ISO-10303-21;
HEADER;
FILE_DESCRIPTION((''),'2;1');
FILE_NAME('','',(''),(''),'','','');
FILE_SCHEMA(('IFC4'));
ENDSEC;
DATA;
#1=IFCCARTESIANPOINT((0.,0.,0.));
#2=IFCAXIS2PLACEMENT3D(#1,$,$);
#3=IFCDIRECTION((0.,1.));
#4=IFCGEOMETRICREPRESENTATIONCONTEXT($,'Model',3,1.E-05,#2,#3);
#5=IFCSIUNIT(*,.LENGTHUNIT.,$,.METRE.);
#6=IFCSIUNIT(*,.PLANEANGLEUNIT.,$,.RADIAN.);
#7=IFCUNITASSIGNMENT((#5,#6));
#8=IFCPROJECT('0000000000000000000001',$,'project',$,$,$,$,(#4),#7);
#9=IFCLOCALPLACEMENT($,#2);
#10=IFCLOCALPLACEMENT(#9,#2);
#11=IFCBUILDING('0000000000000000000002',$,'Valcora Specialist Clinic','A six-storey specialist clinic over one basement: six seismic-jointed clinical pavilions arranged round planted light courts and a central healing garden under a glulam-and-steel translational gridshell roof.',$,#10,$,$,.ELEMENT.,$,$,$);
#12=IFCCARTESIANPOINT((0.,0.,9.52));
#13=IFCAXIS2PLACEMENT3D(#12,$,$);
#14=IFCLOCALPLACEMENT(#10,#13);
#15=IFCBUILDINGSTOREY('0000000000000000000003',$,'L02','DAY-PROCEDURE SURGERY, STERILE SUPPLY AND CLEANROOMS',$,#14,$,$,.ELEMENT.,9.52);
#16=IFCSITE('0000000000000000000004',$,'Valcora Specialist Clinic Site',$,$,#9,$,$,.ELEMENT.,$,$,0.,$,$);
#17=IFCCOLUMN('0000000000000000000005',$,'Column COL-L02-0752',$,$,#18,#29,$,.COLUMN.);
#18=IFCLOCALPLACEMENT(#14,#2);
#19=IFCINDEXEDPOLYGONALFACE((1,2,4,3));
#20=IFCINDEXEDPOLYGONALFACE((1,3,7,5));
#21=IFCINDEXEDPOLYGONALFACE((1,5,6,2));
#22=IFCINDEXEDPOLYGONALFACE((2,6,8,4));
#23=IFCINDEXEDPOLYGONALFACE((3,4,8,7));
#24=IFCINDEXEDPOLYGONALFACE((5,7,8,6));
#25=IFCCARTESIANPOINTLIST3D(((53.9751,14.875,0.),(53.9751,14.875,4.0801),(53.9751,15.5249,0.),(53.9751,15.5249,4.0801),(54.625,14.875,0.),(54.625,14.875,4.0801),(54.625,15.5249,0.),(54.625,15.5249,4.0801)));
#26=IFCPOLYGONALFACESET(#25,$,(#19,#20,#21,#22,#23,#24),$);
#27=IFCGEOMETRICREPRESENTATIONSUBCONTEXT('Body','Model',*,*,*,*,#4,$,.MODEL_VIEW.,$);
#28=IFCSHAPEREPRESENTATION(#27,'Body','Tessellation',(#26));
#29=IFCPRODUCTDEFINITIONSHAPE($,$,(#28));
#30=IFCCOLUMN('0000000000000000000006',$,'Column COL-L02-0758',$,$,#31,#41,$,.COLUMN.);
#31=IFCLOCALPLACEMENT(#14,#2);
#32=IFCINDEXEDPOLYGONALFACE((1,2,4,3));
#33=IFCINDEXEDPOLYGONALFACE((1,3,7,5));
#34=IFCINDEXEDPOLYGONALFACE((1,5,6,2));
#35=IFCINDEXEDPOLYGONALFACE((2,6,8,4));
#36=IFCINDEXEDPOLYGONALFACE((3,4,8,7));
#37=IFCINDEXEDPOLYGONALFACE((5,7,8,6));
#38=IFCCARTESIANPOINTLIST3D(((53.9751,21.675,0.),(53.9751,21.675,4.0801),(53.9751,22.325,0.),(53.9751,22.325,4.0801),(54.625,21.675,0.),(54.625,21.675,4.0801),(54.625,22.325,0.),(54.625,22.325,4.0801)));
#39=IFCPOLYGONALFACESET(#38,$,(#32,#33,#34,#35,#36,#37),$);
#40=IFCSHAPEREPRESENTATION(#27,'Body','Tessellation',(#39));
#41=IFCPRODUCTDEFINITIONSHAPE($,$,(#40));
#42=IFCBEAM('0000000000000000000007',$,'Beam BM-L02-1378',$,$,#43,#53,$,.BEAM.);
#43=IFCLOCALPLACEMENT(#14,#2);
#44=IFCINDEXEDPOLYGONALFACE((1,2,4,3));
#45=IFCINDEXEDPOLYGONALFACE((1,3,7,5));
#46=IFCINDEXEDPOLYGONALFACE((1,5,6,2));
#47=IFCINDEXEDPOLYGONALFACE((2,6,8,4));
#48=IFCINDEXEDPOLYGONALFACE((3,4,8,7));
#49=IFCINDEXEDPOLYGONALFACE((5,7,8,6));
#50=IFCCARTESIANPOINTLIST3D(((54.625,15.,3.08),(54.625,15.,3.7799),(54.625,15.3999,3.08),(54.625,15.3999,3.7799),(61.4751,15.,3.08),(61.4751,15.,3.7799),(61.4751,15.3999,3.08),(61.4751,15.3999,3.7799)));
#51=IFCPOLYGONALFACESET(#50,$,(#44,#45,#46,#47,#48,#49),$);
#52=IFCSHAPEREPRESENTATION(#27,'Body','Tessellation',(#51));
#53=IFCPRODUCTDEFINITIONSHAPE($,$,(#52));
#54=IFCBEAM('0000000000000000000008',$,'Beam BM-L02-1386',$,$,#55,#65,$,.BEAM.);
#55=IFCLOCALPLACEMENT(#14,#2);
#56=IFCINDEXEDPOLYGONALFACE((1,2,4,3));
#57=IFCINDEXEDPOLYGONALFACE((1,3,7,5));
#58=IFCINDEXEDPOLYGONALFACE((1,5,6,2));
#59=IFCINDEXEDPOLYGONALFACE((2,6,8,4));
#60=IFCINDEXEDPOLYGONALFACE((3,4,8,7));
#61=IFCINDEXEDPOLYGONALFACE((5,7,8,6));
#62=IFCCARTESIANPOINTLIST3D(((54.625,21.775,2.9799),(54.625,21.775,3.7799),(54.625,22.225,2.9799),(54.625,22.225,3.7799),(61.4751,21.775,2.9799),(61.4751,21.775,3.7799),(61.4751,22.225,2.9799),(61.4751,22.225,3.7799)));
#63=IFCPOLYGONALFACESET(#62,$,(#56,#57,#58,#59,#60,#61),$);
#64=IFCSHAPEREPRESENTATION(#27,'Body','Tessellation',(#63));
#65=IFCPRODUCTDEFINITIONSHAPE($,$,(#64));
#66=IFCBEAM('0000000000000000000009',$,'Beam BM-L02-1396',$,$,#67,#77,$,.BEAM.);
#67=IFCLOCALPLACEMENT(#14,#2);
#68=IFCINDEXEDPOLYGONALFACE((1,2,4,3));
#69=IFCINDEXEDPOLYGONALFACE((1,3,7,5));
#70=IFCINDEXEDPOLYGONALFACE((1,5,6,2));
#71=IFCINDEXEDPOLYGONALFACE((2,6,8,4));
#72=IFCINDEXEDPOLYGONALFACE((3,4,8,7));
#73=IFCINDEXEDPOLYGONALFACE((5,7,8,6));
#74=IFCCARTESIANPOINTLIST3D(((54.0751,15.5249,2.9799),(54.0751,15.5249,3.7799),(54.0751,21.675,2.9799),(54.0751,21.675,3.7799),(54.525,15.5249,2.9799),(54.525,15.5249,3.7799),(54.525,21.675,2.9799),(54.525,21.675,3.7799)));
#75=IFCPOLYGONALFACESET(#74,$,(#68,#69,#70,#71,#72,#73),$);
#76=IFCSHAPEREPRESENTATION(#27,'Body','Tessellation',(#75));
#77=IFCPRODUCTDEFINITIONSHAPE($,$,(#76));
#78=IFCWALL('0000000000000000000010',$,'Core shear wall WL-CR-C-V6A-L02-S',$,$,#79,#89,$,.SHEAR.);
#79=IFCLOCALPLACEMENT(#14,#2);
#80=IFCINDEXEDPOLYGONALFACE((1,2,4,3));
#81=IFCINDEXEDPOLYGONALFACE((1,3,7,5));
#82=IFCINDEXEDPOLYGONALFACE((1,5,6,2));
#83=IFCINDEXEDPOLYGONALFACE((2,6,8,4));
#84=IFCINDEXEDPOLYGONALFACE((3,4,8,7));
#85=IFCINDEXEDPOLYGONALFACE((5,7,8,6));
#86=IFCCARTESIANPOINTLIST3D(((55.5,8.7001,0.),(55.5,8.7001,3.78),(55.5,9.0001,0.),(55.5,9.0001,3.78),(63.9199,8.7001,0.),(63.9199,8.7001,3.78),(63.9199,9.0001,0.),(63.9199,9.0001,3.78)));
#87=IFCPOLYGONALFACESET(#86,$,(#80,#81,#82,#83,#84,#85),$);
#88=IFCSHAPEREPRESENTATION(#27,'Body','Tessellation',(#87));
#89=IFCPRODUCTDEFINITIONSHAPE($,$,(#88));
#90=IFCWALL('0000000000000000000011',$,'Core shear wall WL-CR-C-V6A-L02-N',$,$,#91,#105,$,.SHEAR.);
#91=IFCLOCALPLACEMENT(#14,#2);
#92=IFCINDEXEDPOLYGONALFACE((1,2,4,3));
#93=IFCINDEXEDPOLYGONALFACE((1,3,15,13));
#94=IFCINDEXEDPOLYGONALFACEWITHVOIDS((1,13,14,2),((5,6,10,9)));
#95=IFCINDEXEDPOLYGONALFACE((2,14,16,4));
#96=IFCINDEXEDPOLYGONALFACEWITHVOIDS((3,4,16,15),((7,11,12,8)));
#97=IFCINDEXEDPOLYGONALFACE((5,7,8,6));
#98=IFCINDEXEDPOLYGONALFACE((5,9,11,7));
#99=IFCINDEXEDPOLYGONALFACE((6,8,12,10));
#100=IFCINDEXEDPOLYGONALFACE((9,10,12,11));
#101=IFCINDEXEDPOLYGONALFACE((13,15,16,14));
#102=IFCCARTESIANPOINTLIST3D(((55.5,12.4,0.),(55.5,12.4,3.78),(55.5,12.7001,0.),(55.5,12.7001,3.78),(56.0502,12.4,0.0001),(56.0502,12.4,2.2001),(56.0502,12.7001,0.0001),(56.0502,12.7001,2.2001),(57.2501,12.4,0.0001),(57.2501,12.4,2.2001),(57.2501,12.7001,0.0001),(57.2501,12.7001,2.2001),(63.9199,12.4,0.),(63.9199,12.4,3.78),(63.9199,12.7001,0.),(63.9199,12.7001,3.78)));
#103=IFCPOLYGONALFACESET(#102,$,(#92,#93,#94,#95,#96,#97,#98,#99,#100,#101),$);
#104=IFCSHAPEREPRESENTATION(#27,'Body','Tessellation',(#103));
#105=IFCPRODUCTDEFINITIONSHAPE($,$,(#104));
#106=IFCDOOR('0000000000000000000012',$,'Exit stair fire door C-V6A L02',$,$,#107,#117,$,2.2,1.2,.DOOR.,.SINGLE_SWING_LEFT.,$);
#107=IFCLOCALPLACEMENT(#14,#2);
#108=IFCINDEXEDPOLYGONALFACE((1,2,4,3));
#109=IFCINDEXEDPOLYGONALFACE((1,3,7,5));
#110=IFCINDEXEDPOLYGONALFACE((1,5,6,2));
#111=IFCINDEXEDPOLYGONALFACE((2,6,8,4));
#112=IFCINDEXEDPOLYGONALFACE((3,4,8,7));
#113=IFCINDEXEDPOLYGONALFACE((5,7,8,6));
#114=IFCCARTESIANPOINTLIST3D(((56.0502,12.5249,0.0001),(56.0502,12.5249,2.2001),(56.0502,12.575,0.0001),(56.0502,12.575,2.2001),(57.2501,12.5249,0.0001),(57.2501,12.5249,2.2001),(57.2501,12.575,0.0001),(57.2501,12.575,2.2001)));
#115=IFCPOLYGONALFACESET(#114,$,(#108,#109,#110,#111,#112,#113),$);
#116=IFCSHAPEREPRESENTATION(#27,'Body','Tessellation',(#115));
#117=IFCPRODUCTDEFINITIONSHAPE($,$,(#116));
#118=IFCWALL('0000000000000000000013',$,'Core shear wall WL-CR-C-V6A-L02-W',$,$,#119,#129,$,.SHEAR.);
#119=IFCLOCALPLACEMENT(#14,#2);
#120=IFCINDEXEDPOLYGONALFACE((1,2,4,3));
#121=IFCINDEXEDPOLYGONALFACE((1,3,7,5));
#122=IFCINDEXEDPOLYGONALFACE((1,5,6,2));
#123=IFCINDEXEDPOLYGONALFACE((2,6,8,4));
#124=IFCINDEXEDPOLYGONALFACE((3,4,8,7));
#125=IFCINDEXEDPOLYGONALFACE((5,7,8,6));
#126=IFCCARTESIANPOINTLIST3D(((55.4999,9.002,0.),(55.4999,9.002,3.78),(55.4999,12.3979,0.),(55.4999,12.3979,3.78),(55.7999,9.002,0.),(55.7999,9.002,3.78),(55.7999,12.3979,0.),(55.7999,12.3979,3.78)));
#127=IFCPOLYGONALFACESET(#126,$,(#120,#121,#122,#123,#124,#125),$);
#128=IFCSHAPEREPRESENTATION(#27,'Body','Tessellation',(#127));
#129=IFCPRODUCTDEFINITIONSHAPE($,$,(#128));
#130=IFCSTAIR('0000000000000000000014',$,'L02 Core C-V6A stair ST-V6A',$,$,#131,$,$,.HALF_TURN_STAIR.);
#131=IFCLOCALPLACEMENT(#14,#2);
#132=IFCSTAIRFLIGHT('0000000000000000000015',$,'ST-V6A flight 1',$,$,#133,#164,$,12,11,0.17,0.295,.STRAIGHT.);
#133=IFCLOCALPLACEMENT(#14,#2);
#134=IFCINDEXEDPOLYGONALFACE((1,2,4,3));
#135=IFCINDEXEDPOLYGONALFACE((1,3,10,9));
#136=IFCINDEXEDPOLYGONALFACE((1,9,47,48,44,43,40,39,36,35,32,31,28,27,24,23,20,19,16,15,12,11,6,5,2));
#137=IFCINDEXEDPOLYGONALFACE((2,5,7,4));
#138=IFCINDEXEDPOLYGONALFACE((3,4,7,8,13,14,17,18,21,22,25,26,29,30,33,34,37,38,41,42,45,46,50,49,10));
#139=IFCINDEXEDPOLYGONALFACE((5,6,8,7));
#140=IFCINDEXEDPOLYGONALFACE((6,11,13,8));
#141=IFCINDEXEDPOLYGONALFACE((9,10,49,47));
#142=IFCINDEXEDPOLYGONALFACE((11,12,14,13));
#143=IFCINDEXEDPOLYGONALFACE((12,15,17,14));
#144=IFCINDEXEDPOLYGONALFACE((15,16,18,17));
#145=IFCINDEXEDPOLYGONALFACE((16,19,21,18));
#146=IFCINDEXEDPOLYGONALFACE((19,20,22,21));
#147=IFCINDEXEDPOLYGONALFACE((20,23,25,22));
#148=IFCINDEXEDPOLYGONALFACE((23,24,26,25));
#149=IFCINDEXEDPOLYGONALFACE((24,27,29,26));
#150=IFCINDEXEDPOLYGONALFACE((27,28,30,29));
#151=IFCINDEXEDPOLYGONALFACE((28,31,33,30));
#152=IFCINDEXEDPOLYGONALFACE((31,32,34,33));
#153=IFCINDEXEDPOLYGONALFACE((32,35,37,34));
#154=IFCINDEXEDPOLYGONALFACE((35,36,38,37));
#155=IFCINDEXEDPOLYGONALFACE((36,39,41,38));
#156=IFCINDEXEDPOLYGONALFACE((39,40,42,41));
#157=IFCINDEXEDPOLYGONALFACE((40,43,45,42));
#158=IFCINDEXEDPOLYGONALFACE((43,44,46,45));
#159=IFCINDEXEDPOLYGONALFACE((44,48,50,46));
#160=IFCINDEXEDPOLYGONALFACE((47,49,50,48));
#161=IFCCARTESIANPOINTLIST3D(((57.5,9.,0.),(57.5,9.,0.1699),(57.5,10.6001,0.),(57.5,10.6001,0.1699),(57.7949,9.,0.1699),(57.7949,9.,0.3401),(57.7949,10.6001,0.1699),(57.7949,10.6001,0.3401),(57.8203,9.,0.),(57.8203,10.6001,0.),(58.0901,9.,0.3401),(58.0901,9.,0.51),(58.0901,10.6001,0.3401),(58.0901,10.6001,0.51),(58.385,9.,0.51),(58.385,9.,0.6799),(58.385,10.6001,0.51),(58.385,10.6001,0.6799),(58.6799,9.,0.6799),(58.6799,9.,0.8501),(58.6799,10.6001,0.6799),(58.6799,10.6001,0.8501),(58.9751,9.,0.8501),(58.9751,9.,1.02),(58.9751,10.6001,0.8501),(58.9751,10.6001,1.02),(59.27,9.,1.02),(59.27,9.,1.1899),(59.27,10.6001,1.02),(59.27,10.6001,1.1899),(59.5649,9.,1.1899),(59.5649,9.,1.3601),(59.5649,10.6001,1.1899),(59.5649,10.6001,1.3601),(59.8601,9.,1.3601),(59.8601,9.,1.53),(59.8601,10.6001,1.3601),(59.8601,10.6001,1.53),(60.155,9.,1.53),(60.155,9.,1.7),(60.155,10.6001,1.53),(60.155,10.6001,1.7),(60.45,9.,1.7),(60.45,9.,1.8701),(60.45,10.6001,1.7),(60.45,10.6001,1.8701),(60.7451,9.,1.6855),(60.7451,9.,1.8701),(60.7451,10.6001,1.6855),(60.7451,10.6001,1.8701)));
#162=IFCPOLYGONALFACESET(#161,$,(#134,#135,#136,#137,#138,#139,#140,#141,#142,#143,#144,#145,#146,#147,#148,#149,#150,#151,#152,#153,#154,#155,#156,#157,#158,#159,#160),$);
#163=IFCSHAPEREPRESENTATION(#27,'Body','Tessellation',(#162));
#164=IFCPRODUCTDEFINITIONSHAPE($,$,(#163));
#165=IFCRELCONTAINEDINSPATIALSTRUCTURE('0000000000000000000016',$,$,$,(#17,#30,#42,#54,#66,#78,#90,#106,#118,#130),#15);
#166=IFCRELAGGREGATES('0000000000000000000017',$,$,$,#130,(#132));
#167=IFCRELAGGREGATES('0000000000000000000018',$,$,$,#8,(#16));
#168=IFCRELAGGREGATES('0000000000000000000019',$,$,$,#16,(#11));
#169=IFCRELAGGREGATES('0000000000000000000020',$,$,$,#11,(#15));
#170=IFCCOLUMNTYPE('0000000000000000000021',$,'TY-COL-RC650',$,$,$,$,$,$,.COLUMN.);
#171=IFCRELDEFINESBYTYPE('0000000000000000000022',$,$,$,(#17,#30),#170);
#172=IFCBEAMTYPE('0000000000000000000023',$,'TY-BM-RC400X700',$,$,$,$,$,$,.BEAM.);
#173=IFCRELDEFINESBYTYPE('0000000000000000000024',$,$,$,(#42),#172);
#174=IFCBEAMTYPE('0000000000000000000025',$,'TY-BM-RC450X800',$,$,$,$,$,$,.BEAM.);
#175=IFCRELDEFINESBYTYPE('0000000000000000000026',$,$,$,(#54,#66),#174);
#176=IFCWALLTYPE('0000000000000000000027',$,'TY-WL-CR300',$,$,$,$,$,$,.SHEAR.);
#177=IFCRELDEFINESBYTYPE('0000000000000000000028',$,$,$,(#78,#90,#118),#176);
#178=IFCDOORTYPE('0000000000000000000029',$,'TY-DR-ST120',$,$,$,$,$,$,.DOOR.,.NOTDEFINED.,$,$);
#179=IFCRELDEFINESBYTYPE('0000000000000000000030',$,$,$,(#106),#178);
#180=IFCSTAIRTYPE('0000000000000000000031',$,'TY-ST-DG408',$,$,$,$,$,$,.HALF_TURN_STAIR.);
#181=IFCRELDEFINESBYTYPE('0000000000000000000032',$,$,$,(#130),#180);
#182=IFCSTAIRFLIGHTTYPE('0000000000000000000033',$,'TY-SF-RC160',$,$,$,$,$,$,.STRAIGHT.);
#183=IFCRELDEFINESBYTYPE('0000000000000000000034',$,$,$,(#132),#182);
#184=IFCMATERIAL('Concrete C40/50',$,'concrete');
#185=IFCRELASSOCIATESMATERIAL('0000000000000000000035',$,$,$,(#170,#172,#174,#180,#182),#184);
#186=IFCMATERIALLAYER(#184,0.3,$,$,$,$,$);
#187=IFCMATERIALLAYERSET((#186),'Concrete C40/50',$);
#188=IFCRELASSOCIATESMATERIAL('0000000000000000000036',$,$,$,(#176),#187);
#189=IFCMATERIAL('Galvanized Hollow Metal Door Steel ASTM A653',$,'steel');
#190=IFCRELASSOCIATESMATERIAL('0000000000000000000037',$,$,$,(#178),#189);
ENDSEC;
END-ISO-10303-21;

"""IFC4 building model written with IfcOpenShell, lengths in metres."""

from ifc_helpers import new_model, si_unit, direction, frame, frame_2d, origin, origin_2d, place, context, subcontext, project, spatial, polyline, rectangle, outline, extrude, material, layer, layer_set, material_profile, profile_set, type_object, element, fill, aggregate, save


model = new_model("IFC4")

# Units and contexts
model_context = context("Model", 3, precision=1e-05, world=origin(), true_north=direction((0.0, 1.0)))
body_context = subcontext(model_context, "Body", "Model", "MODEL_VIEW")
ifc_project = project(units=[si_unit("LENGTHUNIT", "METRE"), si_unit("PLANEANGLEUNIT", "RADIAN")], contexts=[model_context])

# Site, building, storey
site_placement = place(None, origin())
site = spatial("IfcSite", under=ifc_project, at=site_placement, Name="Valcora Specialist Clinic Site", CompositionType="ELEMENT", RefElevation=0.0)
building_placement = place(site_placement, origin())
building = spatial("IfcBuilding", under=site, at=building_placement, Name="Valcora Specialist Clinic", Description="A six-storey specialist clinic over one basement: six seismic-jointed clinical pavilions arranged round planted light courts and a central healing garden under a glulam-and-steel translational gridshell roof.", CompositionType="ELEMENT")
storey_placement = place(building_placement, frame((0.0, 0.0, 9.52)))
storey = spatial("IfcBuildingStorey", under=building, at=storey_placement, Name="L02", Description="DAY-PROCEDURE SURGERY, STERILE SUPPLY AND CLEANROOMS", CompositionType="ELEMENT", Elevation=9.52)

# Columns
ifc_material_1 = material(Name="Concrete C40/50", Category="concrete")
ifc_material_profile_1 = material_profile(ifc_material_1, rectangle(XDim=0.6499, YDim=0.6499, at=origin_2d()), Name="RC-COL-650X650")
ifc_profile_set_1 = profile_set([ifc_material_profile_1], Name="Concrete C40/50")
column_type = type_object("IfcColumnType", Name="TY-COL-RC650", PredefinedType="COLUMN", material=ifc_profile_set_1)
for number, where, z_axis, x_axis, name in (
    (1, (54.3, 15.2, 0.0), (0.0, 0.0, 1.0), (1.0, 0.0, 0.0), "Column COL-L02-0752"),
    (2, (54.3, 22.0, 0.0), (0.0, 0.0, 1.0), (1.0, 0.0, 0.0), "Column COL-L02-0758"),
):
    element("IfcColumn", number, at=place(storey_placement, frame(where, z_axis=z_axis, x_axis=x_axis)), inside=storey, type_object=column_type, Name=name, PredefinedType="COLUMN", context=body_context, shape_type="SweptSolid", body=[
        extrude(rectangle(XDim=0.6499, YDim=0.6499, at=origin_2d()), origin(), (0.0, 0.0, 1.0), 4.0801),
    ])

# Beams
ifc_material_profile_2 = material_profile(ifc_material_1, rectangle(XDim=0.3999, YDim=0.7, at=origin_2d()), Name="RC-BM-400X700")
ifc_profile_set_2 = profile_set([ifc_material_profile_2], Name="Concrete C40/50")
beam_type_1 = type_object("IfcBeamType", Name="TY-BM-RC400X700", PredefinedType="BEAM", material=ifc_profile_set_2)
beam_1_placement = place(storey_placement, frame((54.625, 15.2, 3.4299), z_axis=(1.0, 0.0, 0.0), x_axis=(0.0, 1.0, 0.0)))
element("IfcBeam", 3, at=beam_1_placement, inside=storey, type_object=beam_type_1, Name="Beam BM-L02-1378", PredefinedType="BEAM", context=body_context, shape_type="SweptSolid", body=[
    extrude(rectangle(XDim=0.3999, YDim=0.7, at=origin_2d()), origin(), (0.0, 0.0, 1.0), 6.8501),
])
ifc_material_profile_3 = material_profile(ifc_material_1, rectangle(XDim=0.45, YDim=0.8, at=origin_2d()), Name="RC-BM-450X800")
ifc_profile_set_3 = profile_set([ifc_material_profile_3], Name="Concrete C40/50")
beam_type_2 = type_object("IfcBeamType", Name="TY-BM-RC450X800", PredefinedType="BEAM", material=ifc_profile_set_3)
beam_2_placement = place(storey_placement, frame((54.625, 22.0, 3.3799), z_axis=(1.0, 0.0, 0.0), x_axis=(0.0, 1.0, 0.0)))
element("IfcBeam", 4, at=beam_2_placement, inside=storey, type_object=beam_type_2, Name="Beam BM-L02-1386", PredefinedType="BEAM", context=body_context, shape_type="SweptSolid", body=[
    extrude(rectangle(XDim=0.45, YDim=0.8, at=origin_2d()), origin(), (0.0, 0.0, 1.0), 6.8501),
])
beam_3_placement = place(storey_placement, frame((54.3, 15.5249, 3.3799), z_axis=(0.0, 1.0, 0.0), x_axis=(-1.0, 0.0, 0.0)))
element("IfcBeam", 5, at=beam_3_placement, inside=storey, type_object=beam_type_2, Name="Beam BM-L02-1396", PredefinedType="BEAM", context=body_context, shape_type="SweptSolid", body=[
    extrude(rectangle(XDim=0.45, YDim=0.8, at=origin_2d()), origin(), (0.0, 0.0, 1.0), 6.1501),
])

# Wall
ifc_layer = layer(ifc_material_1, 0.3)
ifc_layer_set = layer_set([ifc_layer], Name="Concrete C40/50")
wall_type = type_object("IfcWallType", Name="TY-WL-CR300", PredefinedType="SHEAR", material=ifc_layer_set)
wall_1_placement = place(storey_placement, frame((55.5, 8.8501, 0.0), z_axis=(0.0, 0.0, 1.0), x_axis=(1.0, 0.0, 0.0)))
element("IfcWall", 6, at=wall_1_placement, inside=storey, type_object=wall_type, Name="Core shear wall WL-CR-C-V6A-L02-S", PredefinedType="SHEAR", context=body_context, shape_type="SweptSolid", body=[
    extrude(rectangle(XDim=8.4199, YDim=0.3, at=frame_2d((4.21, 0.0))), origin(), (0.0, 0.0, 1.0), 3.78),
])

# Wall, opening, door
wall_2_placement = place(storey_placement, frame((55.5, 12.55, 0.0), z_axis=(0.0, 0.0, 1.0), x_axis=(1.0, 0.0, 0.0)))
wall_2 = element("IfcWall", 7, at=wall_2_placement, inside=storey, type_object=wall_type, Name="Core shear wall WL-CR-C-V6A-L02-N", PredefinedType="SHEAR", context=body_context, shape_type="SweptSolid", body=[
    extrude(rectangle(XDim=8.4199, YDim=0.3, at=frame_2d((4.21, 0.0))), origin(), (0.0, 0.0, 1.0), 3.78),
])
opening_placement = place(wall_2_placement, frame((0.55, 0.0, 0.0)))
opening = element("IfcOpeningElement", 8, at=opening_placement, cuts=wall_2, PredefinedType="OPENING", context=body_context, shape_type="SweptSolid", body=[
    extrude(rectangle(XDim=1.2, YDim=2.2, at=frame_2d((0.6001, 1.1001))), frame((0.0, 0.1599, 0.0), z_axis=(0.0, -1.0, 0.0), x_axis=(1.0, 0.0, 0.0)), (0.0, 0.0, 1.0), 0.3201),
])
ifc_material_2 = material(Name="Galvanized Hollow Metal Door Steel ASTM A653", Category="steel")
door_type = type_object("IfcDoorType", Name="TY-DR-ST120", OperationType="NOTDEFINED", PredefinedType="DOOR", material=ifc_material_2)
door_placement = place(opening_placement, origin())
door = element("IfcDoor", 9, at=door_placement, inside=storey, type_object=door_type, Name="Exit stair fire door C-V6A L02", OperationType="SINGLE_SWING_LEFT", OverallHeight=2.2, OverallWidth=1.2, PredefinedType="DOOR", context=body_context, shape_type="SweptSolid", body=[
    extrude(rectangle(XDim=1.2, YDim=2.2, at=frame_2d((0.6001, 1.1001))), frame((0.0, 0.0249, 0.0), z_axis=(0.0, -1.0, 0.0), x_axis=(1.0, 0.0, 0.0)), (0.0, 0.0, 1.0), 0.05),
])
fill(opening, door)

# Wall
wall_3_placement = place(storey_placement, frame((55.6499, 9.002, 0.0), z_axis=(0.0, 0.0, 1.0), x_axis=(0.0, 1.0, 0.0)))
element("IfcWall", 10, at=wall_3_placement, inside=storey, type_object=wall_type, Name="Core shear wall WL-CR-C-V6A-L02-W", PredefinedType="SHEAR", context=body_context, shape_type="SweptSolid", body=[
    extrude(rectangle(XDim=3.396, YDim=0.3, at=frame_2d((1.698, 0.0))), origin(), (0.0, 0.0, 1.0), 3.78),
])

# Stair, stair flight
stair_type = type_object("IfcStairType", Name="TY-ST-DG408", PredefinedType="HALF_TURN_STAIR", material=ifc_material_1)
stair_placement = place(storey_placement, origin())
stair = element("IfcStair", 11, at=stair_placement, inside=storey, type_object=stair_type, Name="L02 Core C-V6A stair ST-V6A", PredefinedType="HALF_TURN_STAIR")
stair_flight_type = type_object("IfcStairFlightType", Name="TY-SF-RC160", PredefinedType="STRAIGHT", material=ifc_material_1)
stair_flight_1_placement = place(storey_placement, frame((57.5, 9.8, 0.0), z_axis=(0.0, 0.0, 1.0), x_axis=(1.0, 0.0, 0.0)))
stair_flight_1 = element("IfcStairFlight", 12, at=stair_flight_1_placement, type_object=stair_flight_type, Name="ST-V6A flight 1", NumberOfRisers=12, NumberOfTreads=11, PredefinedType="STRAIGHT", RiserHeight=0.17, TreadLength=0.295, context=body_context, shape_type="SweptSolid", body=[
    extrude(outline(polyline([(0.0, 0.0), (0.0, 0.1699), (0.2949, 0.1699), (0.2949, 0.3401), (0.5901, 0.3401), (0.5901, 0.51), (0.885, 0.51), (0.885, 0.6799), (1.1799, 0.6799), (1.1799, 0.8501), (1.4751, 0.8501), (1.4751, 1.02), (1.77, 1.02), (1.77, 1.1899), (2.0649, 1.1899), (2.0649, 1.3601), (2.3601, 1.3601), (2.3601, 1.53), (2.655, 1.53), (2.655, 1.7), (2.95, 1.7), (2.95, 1.8701), (3.2451, 1.8701), (3.2451, 2.04), (3.2451, 1.6855), (0.3203, 0.0), (0.0, 0.0)])), frame((0.0, 0.8, 0.0), z_axis=(0.0, -1.0, 0.0), x_axis=(1.0, 0.0, 0.0)), (0.0, 0.0, 1.0), 1.6001),
])
aggregate(stair, [stair_flight_1])

save(model, "model.ifc")
